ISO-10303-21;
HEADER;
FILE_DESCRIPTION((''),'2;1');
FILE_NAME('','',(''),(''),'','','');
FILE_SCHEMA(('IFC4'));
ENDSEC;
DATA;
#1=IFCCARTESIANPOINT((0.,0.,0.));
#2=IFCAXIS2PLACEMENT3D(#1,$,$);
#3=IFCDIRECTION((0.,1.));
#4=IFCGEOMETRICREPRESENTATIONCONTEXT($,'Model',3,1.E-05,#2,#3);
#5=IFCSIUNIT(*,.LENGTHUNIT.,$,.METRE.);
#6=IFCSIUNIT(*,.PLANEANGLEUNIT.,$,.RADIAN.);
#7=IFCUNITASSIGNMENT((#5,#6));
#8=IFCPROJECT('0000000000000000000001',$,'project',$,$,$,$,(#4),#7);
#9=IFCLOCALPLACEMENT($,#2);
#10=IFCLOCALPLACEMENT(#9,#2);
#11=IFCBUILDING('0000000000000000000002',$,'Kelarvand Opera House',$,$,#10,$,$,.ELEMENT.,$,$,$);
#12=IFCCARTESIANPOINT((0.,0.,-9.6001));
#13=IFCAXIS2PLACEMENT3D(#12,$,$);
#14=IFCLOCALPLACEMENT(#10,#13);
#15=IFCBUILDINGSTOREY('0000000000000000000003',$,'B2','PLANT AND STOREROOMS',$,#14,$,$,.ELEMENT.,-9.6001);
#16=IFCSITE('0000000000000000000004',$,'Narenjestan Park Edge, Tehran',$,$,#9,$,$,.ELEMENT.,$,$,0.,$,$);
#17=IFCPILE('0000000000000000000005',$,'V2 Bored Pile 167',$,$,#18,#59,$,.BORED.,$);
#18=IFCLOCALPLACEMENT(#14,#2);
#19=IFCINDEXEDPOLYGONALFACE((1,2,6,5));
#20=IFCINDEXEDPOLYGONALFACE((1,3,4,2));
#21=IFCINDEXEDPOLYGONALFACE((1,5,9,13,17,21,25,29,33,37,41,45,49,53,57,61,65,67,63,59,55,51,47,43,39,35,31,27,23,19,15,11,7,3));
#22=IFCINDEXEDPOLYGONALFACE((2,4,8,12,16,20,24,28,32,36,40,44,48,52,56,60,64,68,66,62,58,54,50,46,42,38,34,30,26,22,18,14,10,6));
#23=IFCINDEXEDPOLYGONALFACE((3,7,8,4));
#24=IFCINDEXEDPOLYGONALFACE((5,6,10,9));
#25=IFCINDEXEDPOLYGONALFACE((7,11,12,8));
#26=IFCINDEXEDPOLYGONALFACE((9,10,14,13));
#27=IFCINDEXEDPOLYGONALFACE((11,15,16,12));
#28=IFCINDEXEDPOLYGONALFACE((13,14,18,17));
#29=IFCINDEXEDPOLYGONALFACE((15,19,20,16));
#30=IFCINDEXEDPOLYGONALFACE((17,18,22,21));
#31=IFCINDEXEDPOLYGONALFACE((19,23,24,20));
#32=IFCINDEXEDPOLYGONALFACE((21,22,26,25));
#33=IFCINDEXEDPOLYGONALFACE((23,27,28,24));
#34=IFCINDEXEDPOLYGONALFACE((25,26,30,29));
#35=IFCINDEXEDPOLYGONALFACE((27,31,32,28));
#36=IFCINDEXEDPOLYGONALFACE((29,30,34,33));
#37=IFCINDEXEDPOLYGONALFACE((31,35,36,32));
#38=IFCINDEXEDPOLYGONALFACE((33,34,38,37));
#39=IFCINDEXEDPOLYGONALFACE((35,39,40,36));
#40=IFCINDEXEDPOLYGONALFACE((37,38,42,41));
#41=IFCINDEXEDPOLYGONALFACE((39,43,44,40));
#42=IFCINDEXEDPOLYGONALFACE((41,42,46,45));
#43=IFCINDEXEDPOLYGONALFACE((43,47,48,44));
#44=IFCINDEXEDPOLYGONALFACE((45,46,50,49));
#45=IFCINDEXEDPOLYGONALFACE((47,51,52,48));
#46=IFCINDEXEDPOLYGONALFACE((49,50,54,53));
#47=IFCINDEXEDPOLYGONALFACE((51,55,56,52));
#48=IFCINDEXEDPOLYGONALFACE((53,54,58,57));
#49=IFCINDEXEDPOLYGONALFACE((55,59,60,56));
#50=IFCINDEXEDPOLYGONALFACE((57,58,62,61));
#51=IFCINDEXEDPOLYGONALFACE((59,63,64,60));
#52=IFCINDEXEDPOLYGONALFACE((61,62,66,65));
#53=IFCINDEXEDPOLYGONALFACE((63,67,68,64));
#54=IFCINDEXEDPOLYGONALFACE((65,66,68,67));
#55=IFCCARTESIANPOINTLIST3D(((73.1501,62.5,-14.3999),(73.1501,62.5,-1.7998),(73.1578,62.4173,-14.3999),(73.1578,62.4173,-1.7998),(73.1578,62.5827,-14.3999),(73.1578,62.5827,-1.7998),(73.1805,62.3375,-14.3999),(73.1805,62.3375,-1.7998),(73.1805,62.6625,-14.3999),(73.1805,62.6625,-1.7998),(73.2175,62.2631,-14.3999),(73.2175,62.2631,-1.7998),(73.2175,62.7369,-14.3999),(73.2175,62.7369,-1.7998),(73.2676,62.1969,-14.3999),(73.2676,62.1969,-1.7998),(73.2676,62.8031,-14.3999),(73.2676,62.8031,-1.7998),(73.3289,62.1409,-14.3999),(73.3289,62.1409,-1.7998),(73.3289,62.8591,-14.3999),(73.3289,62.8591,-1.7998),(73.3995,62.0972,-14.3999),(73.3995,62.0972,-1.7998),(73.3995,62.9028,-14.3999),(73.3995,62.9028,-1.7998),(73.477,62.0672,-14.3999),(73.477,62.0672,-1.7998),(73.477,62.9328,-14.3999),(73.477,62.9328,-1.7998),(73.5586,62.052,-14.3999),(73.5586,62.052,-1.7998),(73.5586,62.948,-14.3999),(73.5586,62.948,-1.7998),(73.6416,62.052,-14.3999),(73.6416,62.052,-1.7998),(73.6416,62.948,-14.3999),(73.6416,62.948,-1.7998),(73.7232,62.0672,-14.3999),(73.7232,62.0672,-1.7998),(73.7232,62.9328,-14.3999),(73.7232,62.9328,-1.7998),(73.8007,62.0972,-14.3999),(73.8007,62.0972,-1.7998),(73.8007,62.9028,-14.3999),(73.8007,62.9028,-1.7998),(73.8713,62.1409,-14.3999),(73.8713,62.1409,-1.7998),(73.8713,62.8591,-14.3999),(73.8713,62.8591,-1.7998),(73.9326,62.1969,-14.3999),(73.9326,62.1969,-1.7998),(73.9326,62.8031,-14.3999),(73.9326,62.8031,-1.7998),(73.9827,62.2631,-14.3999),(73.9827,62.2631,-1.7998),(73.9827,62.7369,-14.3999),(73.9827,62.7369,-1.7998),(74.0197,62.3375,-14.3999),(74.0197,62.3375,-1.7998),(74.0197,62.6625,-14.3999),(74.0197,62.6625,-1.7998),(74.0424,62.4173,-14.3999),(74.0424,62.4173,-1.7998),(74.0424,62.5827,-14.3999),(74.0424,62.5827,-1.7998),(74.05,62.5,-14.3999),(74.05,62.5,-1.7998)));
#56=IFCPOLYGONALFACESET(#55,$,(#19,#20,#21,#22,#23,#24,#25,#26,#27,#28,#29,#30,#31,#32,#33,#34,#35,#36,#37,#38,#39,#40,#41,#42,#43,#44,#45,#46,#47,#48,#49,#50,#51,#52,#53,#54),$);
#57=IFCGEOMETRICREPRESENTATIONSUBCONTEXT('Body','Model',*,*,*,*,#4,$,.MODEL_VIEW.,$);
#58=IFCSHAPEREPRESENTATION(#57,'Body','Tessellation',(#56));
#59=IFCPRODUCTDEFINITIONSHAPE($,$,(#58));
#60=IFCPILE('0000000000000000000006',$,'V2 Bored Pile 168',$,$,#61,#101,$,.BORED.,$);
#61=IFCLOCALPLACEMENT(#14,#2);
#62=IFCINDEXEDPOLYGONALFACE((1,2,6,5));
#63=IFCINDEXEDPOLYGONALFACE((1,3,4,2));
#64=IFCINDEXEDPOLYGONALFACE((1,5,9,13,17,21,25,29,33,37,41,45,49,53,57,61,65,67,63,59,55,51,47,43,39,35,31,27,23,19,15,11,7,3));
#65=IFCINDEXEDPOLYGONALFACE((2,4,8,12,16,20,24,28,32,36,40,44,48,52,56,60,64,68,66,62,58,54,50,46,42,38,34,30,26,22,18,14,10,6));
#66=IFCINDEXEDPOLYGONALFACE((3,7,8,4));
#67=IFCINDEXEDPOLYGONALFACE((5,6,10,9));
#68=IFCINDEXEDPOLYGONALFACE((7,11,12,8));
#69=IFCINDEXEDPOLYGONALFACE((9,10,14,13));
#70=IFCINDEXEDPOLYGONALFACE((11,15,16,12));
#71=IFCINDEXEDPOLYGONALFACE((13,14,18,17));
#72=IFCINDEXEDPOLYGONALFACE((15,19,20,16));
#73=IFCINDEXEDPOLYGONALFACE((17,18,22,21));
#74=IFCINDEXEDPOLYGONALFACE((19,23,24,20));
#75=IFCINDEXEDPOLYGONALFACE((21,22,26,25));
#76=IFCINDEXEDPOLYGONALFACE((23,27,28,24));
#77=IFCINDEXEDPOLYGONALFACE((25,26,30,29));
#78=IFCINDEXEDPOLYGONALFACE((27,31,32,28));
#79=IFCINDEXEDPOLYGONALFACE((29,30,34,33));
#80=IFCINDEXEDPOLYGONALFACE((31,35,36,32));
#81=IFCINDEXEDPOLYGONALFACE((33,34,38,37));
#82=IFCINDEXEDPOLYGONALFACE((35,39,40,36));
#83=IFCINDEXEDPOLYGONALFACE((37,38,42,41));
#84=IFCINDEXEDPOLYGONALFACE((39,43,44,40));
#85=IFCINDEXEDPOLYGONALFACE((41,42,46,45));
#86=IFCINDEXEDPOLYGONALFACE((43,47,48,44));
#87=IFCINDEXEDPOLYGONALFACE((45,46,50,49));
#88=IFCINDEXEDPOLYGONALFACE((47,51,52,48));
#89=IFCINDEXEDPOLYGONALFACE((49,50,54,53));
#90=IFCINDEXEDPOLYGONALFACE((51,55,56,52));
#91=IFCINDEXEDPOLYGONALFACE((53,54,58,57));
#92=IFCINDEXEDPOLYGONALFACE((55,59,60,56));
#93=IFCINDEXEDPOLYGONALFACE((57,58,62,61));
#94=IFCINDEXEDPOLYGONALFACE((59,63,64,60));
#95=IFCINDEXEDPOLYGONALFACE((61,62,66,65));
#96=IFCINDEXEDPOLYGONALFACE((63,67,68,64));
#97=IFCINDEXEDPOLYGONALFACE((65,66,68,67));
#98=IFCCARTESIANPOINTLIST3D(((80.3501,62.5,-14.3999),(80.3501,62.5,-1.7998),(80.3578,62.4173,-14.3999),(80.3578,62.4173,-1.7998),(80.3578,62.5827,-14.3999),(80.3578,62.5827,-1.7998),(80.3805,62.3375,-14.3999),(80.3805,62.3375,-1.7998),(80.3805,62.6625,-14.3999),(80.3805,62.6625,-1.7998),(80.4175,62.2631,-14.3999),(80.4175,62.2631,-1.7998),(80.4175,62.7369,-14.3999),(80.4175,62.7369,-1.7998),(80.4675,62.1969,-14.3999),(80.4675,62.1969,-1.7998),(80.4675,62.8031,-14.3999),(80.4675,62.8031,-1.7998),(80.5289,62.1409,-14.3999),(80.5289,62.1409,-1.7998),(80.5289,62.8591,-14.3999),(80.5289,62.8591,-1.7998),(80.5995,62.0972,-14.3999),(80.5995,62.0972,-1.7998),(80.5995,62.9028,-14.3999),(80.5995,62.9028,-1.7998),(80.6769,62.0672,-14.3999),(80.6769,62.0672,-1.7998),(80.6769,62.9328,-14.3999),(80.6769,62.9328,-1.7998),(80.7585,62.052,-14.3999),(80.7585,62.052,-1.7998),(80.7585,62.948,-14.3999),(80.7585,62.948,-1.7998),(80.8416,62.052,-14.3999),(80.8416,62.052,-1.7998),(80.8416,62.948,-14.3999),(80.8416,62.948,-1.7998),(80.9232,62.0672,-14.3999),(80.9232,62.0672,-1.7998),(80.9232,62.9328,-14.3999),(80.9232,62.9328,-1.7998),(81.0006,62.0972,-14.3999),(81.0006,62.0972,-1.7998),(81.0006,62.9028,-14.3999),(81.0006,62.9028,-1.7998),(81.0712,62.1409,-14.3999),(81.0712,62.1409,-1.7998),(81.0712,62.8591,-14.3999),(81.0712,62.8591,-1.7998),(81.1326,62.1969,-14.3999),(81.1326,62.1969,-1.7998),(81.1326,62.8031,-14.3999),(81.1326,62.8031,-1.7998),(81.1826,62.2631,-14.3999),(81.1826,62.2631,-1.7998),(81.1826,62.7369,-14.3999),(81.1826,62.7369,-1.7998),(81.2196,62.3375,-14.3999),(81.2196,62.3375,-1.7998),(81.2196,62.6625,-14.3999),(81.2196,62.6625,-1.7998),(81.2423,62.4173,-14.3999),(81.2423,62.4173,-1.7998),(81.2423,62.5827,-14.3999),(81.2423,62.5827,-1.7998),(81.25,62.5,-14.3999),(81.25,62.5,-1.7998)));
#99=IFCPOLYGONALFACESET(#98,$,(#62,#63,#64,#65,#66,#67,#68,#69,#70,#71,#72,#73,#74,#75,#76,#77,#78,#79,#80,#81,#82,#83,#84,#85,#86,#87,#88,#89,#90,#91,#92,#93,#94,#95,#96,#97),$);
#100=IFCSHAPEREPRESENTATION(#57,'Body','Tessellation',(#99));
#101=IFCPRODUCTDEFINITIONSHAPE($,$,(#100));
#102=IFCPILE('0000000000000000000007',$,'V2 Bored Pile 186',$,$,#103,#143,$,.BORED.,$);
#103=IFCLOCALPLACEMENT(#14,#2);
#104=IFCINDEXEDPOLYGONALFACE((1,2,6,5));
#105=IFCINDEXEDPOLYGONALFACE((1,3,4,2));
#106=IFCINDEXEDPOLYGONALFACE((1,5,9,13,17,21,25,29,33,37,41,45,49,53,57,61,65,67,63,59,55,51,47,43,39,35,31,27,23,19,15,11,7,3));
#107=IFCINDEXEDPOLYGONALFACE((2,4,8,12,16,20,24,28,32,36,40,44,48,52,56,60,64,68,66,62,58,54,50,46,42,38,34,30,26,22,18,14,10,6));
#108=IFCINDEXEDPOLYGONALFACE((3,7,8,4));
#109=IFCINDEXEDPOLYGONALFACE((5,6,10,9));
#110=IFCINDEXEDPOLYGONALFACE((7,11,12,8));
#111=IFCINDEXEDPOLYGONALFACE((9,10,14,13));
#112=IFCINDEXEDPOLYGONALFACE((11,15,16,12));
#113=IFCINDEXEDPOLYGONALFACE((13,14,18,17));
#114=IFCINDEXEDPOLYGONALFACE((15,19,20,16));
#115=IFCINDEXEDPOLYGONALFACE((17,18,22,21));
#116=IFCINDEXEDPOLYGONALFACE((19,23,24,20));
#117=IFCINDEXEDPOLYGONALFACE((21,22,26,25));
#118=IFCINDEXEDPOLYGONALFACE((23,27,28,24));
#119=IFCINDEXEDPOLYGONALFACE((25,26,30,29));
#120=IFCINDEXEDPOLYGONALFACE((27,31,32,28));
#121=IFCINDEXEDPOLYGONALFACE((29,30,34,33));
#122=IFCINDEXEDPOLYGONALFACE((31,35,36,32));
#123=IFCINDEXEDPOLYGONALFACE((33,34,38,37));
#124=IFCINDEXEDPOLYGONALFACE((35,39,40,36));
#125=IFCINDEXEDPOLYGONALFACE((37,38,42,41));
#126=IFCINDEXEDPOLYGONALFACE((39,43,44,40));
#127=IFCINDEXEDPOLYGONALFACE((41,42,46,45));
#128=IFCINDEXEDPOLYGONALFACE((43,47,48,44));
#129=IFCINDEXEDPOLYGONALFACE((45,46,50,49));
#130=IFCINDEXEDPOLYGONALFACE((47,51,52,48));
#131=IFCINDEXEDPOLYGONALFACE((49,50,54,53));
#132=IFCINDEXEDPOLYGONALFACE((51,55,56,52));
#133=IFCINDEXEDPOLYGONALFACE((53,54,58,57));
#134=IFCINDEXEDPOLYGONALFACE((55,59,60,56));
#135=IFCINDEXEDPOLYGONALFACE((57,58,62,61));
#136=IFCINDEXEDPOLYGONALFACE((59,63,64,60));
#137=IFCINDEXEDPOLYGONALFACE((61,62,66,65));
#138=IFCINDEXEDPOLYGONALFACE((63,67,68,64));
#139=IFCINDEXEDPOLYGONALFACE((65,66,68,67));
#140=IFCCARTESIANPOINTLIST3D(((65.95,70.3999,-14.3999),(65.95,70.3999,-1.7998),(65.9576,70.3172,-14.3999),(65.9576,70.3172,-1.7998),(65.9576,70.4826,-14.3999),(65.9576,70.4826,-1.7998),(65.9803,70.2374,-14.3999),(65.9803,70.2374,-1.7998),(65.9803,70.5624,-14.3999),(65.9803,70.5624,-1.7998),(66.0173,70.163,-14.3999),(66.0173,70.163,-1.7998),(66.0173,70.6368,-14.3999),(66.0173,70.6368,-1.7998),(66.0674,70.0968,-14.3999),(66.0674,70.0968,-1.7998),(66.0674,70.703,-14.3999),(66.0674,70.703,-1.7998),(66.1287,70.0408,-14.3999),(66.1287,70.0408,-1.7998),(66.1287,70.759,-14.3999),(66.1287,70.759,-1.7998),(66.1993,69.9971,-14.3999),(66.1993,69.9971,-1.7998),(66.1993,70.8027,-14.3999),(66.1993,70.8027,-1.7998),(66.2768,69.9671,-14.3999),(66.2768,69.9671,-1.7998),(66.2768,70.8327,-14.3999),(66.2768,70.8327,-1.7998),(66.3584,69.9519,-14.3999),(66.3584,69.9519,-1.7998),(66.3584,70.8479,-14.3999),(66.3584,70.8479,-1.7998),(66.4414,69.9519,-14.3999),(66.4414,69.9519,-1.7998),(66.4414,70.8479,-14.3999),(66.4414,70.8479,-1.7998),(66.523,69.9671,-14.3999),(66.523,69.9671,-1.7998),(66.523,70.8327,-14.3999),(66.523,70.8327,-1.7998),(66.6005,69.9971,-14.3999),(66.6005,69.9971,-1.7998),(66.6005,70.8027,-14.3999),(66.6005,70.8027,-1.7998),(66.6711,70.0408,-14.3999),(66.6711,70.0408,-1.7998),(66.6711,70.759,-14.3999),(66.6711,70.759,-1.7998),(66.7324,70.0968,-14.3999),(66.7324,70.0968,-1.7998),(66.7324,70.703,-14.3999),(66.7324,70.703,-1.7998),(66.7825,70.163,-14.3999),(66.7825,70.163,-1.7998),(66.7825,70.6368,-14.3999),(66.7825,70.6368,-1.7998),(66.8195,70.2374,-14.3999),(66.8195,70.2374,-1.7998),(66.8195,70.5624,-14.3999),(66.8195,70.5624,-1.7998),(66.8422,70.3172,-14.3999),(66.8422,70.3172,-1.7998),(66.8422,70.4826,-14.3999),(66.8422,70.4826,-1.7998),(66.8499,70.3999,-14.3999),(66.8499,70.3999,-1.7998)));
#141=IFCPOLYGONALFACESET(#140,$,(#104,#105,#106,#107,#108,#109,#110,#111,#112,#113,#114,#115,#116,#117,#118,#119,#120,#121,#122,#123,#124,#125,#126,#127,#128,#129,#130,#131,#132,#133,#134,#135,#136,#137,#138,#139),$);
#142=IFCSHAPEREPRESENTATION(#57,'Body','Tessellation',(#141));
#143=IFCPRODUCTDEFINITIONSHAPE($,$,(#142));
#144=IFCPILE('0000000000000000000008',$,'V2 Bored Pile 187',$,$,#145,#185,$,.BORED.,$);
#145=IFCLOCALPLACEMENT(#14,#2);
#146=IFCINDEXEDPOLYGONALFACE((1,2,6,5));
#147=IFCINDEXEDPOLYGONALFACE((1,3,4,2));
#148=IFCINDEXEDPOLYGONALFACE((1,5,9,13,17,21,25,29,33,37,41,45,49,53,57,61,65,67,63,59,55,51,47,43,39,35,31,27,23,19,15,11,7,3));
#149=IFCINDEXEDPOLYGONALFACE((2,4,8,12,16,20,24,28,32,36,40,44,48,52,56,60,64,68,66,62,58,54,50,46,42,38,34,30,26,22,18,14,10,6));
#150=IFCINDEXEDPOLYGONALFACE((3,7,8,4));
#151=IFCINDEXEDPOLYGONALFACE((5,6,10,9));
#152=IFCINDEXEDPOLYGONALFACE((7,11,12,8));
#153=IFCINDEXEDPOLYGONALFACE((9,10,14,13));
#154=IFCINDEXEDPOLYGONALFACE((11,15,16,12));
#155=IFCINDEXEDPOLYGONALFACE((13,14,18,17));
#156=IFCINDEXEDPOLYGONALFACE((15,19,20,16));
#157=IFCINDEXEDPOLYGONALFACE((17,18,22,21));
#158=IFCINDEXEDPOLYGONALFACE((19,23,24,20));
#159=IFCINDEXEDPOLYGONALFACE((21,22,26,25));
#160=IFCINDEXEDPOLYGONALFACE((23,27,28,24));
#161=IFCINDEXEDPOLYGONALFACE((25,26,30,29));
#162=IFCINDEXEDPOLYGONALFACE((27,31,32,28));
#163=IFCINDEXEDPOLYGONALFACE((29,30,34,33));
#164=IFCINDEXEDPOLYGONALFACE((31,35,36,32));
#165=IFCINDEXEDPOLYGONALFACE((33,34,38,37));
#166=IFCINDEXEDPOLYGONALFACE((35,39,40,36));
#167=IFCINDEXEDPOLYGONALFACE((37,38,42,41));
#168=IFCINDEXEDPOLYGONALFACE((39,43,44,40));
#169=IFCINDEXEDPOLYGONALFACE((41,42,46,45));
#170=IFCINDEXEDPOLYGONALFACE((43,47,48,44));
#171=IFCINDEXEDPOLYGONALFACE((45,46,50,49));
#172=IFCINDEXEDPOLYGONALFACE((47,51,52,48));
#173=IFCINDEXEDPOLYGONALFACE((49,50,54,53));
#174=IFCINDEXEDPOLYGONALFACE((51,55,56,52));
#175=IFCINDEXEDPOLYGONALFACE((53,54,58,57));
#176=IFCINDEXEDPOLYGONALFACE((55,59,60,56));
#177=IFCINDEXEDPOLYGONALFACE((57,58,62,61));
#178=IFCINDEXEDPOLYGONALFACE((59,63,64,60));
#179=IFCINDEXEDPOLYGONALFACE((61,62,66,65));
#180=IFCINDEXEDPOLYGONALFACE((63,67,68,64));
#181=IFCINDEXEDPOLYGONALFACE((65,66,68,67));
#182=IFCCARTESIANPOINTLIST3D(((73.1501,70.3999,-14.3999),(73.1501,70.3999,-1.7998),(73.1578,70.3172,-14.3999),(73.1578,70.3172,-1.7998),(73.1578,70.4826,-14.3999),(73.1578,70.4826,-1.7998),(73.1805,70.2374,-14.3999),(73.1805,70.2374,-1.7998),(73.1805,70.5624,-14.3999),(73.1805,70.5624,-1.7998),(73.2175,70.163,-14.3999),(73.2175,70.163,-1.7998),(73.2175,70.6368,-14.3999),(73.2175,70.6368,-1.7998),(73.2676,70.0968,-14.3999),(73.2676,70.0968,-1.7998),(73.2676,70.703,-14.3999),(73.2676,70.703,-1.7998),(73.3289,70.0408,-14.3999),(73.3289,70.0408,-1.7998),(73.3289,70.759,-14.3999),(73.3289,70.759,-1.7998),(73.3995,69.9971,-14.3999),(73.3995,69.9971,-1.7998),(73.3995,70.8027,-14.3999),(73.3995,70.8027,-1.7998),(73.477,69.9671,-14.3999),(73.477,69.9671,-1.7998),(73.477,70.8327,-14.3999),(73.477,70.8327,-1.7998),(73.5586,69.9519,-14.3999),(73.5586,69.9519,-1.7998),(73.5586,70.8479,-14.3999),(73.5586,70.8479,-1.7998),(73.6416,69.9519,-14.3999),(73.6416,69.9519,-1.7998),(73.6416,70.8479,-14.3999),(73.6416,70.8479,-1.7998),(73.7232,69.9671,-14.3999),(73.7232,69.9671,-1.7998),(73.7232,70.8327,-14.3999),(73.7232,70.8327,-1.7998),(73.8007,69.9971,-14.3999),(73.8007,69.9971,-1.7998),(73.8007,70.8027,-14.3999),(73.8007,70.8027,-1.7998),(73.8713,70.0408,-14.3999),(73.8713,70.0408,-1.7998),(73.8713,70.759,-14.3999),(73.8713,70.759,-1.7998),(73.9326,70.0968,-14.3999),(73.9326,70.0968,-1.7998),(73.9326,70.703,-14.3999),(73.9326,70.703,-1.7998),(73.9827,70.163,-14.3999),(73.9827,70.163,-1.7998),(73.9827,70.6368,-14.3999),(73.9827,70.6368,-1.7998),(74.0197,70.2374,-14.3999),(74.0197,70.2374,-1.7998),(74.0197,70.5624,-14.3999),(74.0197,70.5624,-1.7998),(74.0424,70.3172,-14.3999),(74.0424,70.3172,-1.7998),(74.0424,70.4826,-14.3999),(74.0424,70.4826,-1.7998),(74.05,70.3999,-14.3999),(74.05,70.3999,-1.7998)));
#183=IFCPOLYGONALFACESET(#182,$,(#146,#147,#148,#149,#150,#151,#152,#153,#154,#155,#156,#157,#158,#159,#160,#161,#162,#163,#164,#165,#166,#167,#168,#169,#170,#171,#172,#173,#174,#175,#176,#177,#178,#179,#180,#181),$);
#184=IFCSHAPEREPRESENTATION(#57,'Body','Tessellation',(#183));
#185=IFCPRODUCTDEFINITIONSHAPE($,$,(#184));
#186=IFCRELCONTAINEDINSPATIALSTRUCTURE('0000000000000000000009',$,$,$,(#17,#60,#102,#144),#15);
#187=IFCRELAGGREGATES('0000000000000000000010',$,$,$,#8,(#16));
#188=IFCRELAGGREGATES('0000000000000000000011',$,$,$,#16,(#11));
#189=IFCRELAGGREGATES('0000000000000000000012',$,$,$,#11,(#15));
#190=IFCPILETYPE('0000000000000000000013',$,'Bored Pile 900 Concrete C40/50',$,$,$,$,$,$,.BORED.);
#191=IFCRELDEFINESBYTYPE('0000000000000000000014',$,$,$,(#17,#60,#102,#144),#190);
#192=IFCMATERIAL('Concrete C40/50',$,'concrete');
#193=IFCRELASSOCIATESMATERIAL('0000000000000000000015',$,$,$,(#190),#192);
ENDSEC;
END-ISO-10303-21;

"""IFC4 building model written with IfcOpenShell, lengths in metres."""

from ifc_helpers import new_model, si_unit, direction, frame, origin, origin_2d, place, context, subcontext, project, spatial, circle, extrude, material, material_profile, profile_set, type_object, element, save


model = new_model("IFC4")

# Units and contexts
model_context = context("Model", 3, precision=1e-05, world=origin(), true_north=direction((0.0, 1.0)))
body_context = subcontext(model_context, "Body", "Model", "MODEL_VIEW")
ifc_project = project(units=[si_unit("LENGTHUNIT", "METRE"), si_unit("PLANEANGLEUNIT", "RADIAN")], contexts=[model_context])

# Site, building, storey
site_placement = place(None, origin())
site = spatial("IfcSite", under=ifc_project, at=site_placement, Name="Narenjestan Park Edge, Tehran", CompositionType="ELEMENT", RefElevation=0.0)
building_placement = place(site_placement, origin())
building = spatial("IfcBuilding", under=site, at=building_placement, Name="Kelarvand Opera House", CompositionType="ELEMENT")
storey_placement = place(building_placement, frame((0.0, 0.0, -9.6001)))
storey = spatial("IfcBuildingStorey", under=building, at=storey_placement, Name="B2", Description="PLANT AND STOREROOMS", CompositionType="ELEMENT", Elevation=-9.6001)

# Piles
ifc_material_1 = material(Name="Concrete C40/50", Category="concrete")
ifc_material_profile_1 = material_profile(ifc_material_1, circle(Radius=0.45, at=origin_2d()), Name="BP 900", Category="concrete")
ifc_profile_set_1 = profile_set([ifc_material_profile_1], Name="Concrete C40/50")
pile_type_1 = type_object("IfcPileType", Name="Bored Pile 900 Concrete C40/50", PredefinedType="BORED", material=ifc_profile_set_1)
for number, where, z_axis, x_axis, name in (
    (1, (73.6001, 62.5, -1.7998), (0.0, 0.0, -1.0), (1.0, 0.0, 0.0), "V2 Bored Pile 167"),
    (2, (80.8, 62.5, -1.7998), (0.0, 0.0, -1.0), (1.0, 0.0, 0.0), "V2 Bored Pile 168"),
    (3, (66.3999, 70.3999, -1.7998), (0.0, 0.0, -1.0), (1.0, 0.0, 0.0), "V2 Bored Pile 186"),
    (4, (73.6001, 70.3999, -1.7998), (0.0, 0.0, -1.0), (1.0, 0.0, 0.0), "V2 Bored Pile 187"),
):
    element("IfcPile", number, at=place(storey_placement, frame(where, z_axis=z_axis, x_axis=x_axis)), inside=storey, type_object=pile_type_1, Name=name, PredefinedType="BORED", context=body_context, shape_type="SweptSolid", body=[
        extrude(circle(Radius=0.45, at=origin_2d()), origin(), (0.0, 0.0, 1.0), 12.6001),
    ])

save(model, "model.ifc")
